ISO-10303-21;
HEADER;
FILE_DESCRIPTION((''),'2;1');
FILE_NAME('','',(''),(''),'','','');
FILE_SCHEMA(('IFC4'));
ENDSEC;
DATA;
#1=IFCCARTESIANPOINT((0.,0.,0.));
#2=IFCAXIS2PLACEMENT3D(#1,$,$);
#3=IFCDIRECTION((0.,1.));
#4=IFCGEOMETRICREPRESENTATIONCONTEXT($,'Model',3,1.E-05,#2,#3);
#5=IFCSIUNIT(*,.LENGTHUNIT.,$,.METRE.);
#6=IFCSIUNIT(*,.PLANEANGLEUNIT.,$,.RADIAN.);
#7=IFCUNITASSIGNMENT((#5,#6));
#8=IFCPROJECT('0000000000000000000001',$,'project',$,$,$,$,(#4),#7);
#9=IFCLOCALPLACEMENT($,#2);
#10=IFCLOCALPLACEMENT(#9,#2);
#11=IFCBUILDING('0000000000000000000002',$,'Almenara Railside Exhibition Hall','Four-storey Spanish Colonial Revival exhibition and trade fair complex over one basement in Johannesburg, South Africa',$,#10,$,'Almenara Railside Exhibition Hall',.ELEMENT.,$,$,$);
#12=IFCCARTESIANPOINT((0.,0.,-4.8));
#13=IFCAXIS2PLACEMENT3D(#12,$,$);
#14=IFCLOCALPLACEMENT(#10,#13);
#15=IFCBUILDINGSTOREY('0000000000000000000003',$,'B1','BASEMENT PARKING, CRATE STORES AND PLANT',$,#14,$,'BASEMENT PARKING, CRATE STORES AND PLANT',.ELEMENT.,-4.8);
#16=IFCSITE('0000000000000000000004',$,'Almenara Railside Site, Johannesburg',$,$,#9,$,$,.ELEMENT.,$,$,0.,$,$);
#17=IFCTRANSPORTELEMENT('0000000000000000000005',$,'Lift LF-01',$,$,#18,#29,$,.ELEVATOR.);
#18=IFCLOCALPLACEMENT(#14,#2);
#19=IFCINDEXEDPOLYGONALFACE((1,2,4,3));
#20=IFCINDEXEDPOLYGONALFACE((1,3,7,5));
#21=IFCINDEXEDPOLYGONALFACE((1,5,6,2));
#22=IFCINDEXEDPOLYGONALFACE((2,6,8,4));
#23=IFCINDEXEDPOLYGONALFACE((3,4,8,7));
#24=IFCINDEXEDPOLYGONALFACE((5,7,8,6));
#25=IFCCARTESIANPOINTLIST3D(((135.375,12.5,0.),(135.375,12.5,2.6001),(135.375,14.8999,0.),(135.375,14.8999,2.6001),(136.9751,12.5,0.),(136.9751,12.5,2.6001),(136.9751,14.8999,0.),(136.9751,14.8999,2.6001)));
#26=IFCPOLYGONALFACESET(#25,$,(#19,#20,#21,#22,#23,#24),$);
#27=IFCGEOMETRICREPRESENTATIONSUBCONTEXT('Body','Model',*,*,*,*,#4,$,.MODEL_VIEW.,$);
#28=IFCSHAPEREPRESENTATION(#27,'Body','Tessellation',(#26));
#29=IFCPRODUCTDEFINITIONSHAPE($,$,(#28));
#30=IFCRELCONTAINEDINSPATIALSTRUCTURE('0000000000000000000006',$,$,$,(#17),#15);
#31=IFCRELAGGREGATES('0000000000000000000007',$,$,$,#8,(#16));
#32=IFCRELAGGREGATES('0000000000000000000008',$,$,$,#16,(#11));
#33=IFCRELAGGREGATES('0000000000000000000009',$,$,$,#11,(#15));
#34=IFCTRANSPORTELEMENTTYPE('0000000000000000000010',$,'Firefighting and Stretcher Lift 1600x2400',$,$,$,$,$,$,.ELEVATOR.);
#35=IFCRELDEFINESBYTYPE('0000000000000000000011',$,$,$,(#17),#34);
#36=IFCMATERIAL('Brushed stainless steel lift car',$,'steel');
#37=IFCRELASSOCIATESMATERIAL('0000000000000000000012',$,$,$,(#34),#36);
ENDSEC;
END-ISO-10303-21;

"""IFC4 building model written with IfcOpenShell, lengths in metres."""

from ifc_helpers import new_model, si_unit, direction, frame, origin, origin_2d, place, context, subcontext, project, spatial, rectangle, extrude, material, type_object, element, save


model = new_model("IFC4")

# Units and contexts
model_context = context("Model", 3, precision=1e-05, world=origin(), true_north=direction((0.0, 1.0)))
body_context = subcontext(model_context, "Body", "Model", "MODEL_VIEW")
ifc_project = project(units=[si_unit("LENGTHUNIT", "METRE"), si_unit("PLANEANGLEUNIT", "RADIAN")], contexts=[model_context])

# Site, building, storey
site_placement = place(None, origin())
site = spatial("IfcSite", under=ifc_project, at=site_placement, Name="Almenara Railside Site, Johannesburg", CompositionType="ELEMENT", RefElevation=0.0)
building_placement = place(site_placement, origin())
building = spatial("IfcBuilding", under=site, at=building_placement, Name="Almenara Railside Exhibition Hall", Description="Four-storey Spanish Colonial Revival exhibition and trade fair complex over one basement in Johannesburg, South Africa", LongName="Almenara Railside Exhibition Hall", CompositionType="ELEMENT")
storey_placement = place(building_placement, frame((0.0, 0.0, -4.8)))
storey = spatial("IfcBuildingStorey", under=building, at=storey_placement, Name="B1", Description="BASEMENT PARKING, CRATE STORES AND PLANT", LongName="BASEMENT PARKING, CRATE STORES AND PLANT", CompositionType="ELEMENT", Elevation=-4.8)

# Transport element
ifc_material_1 = material(Name="Brushed stainless steel lift car", Category="steel")
transport_element_type = type_object("IfcTransportElementType", Name="Firefighting and Stretcher Lift 1600x2400", PredefinedType="ELEVATOR", material=ifc_material_1)
transport_element_placement = place(storey_placement, frame((136.175, 13.7, 0.0), z_axis=(0.0, 0.0, 1.0), x_axis=(1.0, 0.0, 0.0)))
element("IfcTransportElement", 1, at=transport_element_placement, inside=storey, type_object=transport_element_type, Name="Lift LF-01", PredefinedType="ELEVATOR", context=body_context, shape_type="SweptSolid", body=[
    extrude(rectangle(XDim=1.6001, YDim=2.3999, at=origin_2d()), origin(), (0.0, 0.0, 1.0), 2.6001),
])

save(model, "model.ifc")
